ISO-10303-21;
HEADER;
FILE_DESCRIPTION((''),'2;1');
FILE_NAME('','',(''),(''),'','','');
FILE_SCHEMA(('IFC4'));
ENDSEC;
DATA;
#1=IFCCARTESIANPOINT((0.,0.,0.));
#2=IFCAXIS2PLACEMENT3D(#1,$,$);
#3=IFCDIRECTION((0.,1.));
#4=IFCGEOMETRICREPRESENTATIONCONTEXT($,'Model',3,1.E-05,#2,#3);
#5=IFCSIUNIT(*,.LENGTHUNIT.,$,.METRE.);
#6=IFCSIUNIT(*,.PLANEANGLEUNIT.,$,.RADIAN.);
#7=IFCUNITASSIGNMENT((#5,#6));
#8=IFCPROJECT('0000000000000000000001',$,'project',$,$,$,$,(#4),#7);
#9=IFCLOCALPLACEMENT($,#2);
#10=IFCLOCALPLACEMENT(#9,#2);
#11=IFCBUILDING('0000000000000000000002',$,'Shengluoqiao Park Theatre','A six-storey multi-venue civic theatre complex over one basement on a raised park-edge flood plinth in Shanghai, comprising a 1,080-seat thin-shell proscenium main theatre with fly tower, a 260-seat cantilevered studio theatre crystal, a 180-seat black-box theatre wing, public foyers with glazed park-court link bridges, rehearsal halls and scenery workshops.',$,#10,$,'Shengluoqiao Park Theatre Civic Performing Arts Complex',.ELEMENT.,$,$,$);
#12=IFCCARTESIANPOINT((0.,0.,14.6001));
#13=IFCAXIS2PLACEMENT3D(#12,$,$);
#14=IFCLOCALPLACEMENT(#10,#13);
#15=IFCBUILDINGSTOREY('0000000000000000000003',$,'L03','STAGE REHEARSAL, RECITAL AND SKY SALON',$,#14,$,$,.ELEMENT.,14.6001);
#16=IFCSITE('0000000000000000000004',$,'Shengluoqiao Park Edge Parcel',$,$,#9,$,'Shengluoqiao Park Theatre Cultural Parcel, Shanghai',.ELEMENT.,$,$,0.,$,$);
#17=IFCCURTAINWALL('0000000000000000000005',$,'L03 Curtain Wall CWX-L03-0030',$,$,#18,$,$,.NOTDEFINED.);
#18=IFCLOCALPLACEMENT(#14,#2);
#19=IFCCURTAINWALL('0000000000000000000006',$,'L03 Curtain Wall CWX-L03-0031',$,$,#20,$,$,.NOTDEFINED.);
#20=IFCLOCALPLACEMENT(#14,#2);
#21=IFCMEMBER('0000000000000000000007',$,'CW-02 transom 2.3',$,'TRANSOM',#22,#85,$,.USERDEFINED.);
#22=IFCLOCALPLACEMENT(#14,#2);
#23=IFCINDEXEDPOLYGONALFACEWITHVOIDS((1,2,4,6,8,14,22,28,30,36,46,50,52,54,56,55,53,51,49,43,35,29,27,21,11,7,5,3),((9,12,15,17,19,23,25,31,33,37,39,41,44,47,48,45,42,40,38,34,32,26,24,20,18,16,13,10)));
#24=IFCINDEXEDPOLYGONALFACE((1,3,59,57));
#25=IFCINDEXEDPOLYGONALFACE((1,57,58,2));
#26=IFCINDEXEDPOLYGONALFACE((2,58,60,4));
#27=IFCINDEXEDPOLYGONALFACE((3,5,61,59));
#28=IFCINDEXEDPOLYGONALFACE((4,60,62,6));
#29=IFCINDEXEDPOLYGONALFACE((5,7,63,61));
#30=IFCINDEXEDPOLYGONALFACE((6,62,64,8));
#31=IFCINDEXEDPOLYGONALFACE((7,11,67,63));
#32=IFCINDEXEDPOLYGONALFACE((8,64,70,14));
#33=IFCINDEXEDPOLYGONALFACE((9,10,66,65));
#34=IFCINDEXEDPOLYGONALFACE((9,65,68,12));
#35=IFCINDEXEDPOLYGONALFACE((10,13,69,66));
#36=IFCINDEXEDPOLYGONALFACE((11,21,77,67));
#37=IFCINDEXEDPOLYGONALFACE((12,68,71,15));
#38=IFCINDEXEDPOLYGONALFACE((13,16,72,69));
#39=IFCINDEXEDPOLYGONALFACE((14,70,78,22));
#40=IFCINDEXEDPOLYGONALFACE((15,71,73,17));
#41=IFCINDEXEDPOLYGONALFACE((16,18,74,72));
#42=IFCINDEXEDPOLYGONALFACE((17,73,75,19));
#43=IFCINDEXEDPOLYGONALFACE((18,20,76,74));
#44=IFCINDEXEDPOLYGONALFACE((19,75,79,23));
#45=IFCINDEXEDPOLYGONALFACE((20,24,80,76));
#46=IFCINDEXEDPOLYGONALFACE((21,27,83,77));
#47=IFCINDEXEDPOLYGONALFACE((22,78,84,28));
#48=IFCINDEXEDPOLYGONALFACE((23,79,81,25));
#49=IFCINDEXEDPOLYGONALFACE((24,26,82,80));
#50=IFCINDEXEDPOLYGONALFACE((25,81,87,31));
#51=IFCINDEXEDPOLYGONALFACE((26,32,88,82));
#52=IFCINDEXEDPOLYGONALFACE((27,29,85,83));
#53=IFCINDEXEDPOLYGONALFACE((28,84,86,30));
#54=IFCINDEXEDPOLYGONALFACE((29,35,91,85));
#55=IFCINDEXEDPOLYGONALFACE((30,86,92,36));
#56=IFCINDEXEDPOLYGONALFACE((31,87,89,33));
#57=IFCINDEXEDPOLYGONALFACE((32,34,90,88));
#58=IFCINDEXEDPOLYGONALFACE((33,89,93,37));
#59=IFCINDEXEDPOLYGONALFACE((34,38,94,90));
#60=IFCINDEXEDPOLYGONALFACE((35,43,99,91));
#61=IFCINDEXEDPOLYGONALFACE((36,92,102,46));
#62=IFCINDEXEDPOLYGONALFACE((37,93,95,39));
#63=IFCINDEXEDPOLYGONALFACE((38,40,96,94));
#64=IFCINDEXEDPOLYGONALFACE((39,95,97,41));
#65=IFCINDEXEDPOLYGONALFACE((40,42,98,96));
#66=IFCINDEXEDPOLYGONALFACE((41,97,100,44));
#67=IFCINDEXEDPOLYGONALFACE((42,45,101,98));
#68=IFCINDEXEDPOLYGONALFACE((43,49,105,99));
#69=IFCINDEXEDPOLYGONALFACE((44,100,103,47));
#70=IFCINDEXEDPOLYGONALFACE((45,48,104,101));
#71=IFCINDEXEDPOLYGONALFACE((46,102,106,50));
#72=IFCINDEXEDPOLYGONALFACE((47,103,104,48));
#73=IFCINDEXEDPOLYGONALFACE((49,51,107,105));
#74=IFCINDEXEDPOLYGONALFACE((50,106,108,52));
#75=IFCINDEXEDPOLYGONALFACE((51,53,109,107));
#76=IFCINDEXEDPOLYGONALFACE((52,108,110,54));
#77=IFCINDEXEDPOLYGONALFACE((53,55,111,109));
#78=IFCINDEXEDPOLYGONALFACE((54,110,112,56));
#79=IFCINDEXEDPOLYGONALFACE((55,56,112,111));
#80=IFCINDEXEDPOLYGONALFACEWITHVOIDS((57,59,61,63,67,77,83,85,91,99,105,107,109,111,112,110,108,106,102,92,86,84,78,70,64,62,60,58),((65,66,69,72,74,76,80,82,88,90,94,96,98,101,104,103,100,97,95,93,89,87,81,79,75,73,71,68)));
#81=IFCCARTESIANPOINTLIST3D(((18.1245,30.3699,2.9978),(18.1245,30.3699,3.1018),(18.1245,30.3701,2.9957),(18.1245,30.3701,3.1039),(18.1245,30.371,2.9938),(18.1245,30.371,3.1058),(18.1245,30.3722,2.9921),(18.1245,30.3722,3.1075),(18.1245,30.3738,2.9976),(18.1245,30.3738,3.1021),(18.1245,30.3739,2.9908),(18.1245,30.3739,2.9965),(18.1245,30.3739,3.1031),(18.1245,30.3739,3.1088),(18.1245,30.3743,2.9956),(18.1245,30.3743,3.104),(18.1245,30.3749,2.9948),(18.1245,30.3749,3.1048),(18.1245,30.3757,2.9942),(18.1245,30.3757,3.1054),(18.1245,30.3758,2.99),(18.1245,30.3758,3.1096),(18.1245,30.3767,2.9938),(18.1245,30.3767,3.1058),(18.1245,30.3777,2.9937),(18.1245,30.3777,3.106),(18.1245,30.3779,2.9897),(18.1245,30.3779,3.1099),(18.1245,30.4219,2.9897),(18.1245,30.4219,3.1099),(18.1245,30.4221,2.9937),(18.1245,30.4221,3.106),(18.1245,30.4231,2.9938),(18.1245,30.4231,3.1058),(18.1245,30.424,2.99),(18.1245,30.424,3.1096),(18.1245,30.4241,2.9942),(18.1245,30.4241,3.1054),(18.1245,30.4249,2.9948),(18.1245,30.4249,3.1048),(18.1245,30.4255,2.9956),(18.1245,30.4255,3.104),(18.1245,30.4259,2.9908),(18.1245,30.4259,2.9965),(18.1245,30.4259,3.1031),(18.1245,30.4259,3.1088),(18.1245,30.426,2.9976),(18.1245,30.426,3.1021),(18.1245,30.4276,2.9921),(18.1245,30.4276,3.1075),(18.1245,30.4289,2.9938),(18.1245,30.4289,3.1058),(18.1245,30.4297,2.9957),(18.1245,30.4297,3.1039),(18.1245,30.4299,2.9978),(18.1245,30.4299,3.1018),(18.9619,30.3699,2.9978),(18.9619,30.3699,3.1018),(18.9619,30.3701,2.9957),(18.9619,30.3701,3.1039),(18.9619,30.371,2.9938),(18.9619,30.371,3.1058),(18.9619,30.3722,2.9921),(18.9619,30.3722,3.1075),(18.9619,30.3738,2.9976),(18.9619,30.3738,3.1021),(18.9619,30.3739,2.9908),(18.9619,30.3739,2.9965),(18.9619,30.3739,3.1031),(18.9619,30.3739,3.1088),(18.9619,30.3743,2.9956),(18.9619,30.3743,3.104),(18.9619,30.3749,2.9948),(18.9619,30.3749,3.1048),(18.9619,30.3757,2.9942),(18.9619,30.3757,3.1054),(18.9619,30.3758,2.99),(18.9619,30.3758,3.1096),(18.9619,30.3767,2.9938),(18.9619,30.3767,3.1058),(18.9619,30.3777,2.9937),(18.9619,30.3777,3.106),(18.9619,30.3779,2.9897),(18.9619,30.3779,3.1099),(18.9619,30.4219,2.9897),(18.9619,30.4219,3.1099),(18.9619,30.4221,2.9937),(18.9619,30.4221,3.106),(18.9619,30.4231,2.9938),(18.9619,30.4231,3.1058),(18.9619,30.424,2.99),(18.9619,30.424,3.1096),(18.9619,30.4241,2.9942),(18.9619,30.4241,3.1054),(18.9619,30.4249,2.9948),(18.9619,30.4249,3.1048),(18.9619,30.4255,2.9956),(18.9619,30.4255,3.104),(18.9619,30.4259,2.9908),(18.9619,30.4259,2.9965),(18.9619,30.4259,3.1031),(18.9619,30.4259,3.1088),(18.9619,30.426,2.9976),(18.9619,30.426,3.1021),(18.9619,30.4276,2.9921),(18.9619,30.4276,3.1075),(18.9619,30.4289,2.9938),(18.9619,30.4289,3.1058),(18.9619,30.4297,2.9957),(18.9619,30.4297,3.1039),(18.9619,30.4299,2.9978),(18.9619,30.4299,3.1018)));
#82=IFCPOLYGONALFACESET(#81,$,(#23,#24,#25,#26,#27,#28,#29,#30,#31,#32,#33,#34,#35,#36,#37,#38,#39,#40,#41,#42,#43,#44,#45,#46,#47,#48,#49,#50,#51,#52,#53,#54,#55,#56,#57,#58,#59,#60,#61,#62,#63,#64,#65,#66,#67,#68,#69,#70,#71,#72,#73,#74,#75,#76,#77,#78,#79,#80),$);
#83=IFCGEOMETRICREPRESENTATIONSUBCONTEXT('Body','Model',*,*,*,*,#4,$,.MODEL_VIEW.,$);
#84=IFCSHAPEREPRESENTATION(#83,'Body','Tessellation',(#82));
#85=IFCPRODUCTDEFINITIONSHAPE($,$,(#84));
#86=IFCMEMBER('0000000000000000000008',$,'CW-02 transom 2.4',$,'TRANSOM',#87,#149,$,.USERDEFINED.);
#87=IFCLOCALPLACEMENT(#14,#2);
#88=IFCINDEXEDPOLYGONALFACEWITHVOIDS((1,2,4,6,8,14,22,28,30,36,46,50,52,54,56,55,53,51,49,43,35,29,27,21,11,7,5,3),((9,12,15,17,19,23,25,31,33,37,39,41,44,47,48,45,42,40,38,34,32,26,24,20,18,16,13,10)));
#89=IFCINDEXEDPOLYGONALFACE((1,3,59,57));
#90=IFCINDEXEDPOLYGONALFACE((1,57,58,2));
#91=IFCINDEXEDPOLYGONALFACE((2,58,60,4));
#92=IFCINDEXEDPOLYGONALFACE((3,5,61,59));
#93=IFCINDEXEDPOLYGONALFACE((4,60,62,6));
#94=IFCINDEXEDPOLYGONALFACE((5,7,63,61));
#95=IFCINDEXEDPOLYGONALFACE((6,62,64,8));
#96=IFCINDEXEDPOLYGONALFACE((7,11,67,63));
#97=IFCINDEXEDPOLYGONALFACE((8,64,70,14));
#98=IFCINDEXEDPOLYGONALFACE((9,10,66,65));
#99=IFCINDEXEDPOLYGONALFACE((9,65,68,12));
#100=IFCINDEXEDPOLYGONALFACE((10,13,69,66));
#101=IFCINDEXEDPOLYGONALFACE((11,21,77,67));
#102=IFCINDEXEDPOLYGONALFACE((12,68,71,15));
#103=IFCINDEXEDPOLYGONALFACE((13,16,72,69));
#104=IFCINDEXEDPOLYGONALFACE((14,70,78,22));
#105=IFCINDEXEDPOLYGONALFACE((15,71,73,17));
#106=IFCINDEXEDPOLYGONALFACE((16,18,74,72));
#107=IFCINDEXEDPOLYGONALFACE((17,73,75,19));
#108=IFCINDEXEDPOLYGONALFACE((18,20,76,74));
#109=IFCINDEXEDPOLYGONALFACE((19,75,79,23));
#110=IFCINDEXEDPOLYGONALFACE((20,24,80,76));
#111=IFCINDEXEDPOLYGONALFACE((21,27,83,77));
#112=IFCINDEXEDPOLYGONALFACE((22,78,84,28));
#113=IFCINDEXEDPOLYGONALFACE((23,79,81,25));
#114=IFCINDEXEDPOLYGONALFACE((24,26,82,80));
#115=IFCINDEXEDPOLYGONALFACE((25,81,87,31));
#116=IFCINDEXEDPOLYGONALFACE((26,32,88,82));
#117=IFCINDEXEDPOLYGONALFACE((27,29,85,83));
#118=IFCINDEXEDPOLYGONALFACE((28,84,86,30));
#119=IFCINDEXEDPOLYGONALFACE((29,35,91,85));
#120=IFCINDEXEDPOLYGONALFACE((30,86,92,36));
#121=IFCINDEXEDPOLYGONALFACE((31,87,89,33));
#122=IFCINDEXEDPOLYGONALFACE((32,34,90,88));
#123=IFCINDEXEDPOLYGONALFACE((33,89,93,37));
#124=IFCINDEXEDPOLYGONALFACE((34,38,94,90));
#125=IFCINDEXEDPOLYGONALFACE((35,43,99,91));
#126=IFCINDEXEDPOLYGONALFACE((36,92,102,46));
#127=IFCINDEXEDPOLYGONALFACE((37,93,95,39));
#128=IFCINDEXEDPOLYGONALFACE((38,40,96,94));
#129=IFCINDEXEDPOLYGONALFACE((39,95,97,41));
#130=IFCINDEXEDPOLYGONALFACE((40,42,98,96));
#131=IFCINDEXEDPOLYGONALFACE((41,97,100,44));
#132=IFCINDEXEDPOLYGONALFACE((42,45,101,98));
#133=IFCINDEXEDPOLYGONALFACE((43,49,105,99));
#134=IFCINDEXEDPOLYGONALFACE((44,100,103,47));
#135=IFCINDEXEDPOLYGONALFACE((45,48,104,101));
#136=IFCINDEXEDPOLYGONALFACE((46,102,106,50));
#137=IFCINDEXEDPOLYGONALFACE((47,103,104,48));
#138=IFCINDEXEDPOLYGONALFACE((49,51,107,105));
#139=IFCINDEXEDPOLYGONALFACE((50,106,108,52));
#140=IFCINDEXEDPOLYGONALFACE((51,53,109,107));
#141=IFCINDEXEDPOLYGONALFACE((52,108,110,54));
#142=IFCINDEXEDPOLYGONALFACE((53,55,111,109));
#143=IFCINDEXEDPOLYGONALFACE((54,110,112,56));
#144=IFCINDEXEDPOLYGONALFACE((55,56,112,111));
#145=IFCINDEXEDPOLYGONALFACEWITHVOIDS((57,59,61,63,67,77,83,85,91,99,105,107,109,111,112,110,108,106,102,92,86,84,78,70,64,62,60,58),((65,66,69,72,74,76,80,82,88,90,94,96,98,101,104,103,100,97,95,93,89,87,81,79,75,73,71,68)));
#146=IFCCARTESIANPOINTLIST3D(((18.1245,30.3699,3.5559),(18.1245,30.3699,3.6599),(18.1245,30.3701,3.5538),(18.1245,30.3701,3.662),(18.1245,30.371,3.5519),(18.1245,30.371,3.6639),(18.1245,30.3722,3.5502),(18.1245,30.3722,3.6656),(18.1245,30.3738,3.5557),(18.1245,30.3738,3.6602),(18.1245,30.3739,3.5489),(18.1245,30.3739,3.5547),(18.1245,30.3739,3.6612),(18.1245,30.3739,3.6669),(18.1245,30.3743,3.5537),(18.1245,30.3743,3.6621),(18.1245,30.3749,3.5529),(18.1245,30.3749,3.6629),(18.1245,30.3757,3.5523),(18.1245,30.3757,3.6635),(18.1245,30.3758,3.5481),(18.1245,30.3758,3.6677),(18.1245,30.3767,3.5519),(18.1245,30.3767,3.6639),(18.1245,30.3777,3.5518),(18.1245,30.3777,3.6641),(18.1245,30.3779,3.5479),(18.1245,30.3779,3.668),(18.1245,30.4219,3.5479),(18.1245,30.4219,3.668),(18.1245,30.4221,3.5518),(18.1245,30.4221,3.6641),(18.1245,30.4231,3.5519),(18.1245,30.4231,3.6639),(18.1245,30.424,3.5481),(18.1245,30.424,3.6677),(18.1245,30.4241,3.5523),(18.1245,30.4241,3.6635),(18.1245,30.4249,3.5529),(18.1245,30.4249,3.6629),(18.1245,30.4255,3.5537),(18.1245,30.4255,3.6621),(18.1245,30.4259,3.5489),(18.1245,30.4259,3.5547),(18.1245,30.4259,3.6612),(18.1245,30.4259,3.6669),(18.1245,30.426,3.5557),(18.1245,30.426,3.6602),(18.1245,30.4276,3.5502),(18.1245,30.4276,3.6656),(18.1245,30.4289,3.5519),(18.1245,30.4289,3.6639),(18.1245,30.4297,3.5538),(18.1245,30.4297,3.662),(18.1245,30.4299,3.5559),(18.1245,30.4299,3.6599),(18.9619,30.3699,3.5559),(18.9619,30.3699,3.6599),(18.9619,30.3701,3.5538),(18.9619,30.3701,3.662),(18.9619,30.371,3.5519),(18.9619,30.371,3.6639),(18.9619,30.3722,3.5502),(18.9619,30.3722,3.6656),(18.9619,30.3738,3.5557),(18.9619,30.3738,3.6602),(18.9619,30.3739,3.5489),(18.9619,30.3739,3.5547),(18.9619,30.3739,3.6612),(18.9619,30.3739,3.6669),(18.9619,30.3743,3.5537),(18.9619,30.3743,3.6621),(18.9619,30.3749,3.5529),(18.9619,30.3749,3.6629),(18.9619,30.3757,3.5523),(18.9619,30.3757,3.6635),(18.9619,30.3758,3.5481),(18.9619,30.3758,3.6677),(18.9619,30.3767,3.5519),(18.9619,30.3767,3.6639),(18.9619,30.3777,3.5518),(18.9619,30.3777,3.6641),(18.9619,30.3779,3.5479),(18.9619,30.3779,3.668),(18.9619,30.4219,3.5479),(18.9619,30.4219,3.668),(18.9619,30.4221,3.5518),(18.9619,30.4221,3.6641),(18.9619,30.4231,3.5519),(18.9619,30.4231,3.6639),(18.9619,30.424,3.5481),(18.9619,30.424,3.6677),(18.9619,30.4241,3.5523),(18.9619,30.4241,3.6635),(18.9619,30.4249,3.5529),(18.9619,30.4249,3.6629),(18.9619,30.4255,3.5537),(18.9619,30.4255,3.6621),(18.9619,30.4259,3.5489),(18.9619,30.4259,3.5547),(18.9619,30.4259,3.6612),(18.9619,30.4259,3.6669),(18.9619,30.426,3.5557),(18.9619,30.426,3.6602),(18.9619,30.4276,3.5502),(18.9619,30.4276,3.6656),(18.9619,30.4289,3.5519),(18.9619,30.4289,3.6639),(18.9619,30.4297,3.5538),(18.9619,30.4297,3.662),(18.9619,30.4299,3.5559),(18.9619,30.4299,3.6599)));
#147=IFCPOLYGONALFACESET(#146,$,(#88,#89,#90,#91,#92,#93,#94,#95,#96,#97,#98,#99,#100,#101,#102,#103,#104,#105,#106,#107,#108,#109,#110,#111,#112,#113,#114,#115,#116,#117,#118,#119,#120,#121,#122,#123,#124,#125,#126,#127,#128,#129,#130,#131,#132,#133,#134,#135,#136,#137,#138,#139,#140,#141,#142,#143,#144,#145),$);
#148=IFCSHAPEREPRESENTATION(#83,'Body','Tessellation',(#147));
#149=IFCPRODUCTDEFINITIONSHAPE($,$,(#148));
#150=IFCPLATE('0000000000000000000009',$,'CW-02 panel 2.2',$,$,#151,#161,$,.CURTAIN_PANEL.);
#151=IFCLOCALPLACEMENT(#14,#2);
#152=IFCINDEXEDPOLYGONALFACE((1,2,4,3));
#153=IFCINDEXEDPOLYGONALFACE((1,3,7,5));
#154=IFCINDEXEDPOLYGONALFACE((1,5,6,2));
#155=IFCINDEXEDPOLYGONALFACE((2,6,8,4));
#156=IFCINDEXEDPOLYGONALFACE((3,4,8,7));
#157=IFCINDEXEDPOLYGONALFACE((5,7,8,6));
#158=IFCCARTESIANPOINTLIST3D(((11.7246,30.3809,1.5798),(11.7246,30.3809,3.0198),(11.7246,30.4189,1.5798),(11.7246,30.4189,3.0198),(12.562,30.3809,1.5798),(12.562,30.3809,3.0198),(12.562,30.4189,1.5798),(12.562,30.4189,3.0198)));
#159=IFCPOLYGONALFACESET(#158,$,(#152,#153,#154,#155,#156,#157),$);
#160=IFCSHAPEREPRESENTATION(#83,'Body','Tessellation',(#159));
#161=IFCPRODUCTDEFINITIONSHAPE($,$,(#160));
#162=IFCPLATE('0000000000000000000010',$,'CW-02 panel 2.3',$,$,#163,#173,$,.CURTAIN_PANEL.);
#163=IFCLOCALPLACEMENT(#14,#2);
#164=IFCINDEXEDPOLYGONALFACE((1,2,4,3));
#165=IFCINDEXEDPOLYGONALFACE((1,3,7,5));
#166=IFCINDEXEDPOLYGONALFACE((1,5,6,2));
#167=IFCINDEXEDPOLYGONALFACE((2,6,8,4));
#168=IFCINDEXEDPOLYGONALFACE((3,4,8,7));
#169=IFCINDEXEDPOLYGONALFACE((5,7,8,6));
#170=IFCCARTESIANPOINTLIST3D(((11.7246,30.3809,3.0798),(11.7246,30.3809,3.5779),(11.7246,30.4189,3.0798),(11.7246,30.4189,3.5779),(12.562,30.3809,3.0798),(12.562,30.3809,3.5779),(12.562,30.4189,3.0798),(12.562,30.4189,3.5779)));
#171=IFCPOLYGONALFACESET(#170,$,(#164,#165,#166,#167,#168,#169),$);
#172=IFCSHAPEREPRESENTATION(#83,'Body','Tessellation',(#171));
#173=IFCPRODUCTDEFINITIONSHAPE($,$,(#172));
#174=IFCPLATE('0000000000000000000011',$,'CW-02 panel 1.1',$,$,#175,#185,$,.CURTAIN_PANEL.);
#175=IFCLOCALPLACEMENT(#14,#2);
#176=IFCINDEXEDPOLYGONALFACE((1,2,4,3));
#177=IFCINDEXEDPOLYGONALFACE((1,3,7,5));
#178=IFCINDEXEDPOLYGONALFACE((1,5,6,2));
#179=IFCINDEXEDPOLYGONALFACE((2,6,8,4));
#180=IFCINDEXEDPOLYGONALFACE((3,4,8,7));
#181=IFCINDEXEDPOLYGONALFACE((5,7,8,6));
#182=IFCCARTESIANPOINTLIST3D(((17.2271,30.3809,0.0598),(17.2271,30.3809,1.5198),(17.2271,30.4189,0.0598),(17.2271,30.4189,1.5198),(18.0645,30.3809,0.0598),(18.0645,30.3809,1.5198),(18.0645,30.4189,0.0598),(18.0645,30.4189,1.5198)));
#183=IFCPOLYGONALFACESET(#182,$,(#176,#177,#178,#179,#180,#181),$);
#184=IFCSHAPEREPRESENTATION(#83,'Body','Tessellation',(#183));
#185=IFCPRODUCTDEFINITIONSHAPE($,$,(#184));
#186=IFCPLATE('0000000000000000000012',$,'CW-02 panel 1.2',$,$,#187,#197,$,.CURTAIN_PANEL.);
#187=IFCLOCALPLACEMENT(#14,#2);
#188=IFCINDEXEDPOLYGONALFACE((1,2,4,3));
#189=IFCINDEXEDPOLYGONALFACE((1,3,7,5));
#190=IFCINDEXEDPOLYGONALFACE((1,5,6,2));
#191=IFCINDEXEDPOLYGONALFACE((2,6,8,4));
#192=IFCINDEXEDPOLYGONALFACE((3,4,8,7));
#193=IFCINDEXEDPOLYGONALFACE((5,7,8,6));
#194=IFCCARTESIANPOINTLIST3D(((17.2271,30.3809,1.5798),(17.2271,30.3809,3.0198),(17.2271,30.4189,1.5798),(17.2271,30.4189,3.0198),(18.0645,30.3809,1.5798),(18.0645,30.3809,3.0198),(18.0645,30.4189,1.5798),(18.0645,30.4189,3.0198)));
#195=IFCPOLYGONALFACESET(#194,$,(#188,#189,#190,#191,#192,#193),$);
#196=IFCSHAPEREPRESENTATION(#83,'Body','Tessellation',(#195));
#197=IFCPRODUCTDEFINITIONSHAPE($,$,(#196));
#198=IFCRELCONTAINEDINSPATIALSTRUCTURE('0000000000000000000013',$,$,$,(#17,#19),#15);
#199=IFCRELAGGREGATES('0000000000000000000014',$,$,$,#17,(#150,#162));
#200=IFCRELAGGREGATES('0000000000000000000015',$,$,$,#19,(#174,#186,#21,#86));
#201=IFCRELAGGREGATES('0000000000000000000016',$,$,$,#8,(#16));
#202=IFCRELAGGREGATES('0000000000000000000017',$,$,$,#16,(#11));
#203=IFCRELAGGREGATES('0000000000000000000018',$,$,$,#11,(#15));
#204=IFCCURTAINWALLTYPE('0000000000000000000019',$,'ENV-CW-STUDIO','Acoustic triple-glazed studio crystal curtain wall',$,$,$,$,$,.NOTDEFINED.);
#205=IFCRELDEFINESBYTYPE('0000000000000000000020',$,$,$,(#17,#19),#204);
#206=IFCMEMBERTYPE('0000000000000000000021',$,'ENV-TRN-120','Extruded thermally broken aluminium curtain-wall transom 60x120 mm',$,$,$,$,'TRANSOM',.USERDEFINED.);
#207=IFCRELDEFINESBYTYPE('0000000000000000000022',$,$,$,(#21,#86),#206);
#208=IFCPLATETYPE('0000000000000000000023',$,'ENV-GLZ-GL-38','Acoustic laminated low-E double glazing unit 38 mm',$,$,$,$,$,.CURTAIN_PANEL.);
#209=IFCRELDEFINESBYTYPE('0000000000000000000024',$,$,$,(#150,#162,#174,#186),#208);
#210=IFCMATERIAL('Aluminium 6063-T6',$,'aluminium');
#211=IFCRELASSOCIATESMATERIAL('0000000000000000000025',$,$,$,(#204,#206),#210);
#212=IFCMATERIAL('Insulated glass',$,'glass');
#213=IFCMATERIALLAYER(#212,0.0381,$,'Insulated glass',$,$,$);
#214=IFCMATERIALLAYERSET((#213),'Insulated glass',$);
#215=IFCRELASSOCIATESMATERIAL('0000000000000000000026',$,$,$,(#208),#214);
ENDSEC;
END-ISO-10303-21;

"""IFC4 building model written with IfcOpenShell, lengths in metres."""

from ifc_helpers import new_model, si_unit, direction, frame, origin, origin_2d, place, context, subcontext, project, spatial, rectangle, hollow_rectangle, extrude, material, layer, layer_set, material_profile, profile_set, type_object, element, aggregate, save


model = new_model("IFC4")

# Units and contexts
model_context = context("Model", 3, precision=1e-05, world=origin(), true_north=direction((0.0, 1.0)))
body_context = subcontext(model_context, "Body", "Model", "MODEL_VIEW")
ifc_project = project(units=[si_unit("LENGTHUNIT", "METRE"), si_unit("PLANEANGLEUNIT", "RADIAN")], contexts=[model_context])

# Site, building, storey
site_placement = place(None, origin())
site = spatial("IfcSite", under=ifc_project, at=site_placement, Name="Shengluoqiao Park Edge Parcel", LongName="Shengluoqiao Park Theatre Cultural Parcel, Shanghai", CompositionType="ELEMENT", RefElevation=0.0)
building_placement = place(site_placement, origin())
building = spatial("IfcBuilding", under=site, at=building_placement, Name="Shengluoqiao Park Theatre", Description="A six-storey multi-venue civic theatre complex over one basement on a raised park-edge flood plinth in Shanghai, comprising a 1,080-seat thin-shell proscenium main theatre with fly tower, a 260-seat cantilevered studio theatre crystal, a 180-seat black-box theatre wing, public foyers with glazed park-court link bridges, rehearsal halls and scenery workshops.", LongName="Shengluoqiao Park Theatre Civic Performing Arts Complex", CompositionType="ELEMENT")
storey_placement = place(building_placement, frame((0.0, 0.0, 14.6001)))
storey = spatial("IfcBuildingStorey", under=building, at=storey_placement, Name="L03", Description="STAGE REHEARSAL, RECITAL AND SKY SALON", CompositionType="ELEMENT", Elevation=14.6001)

# Curtain wall
ifc_material_1 = material(Name="Aluminium 6063-T6", Category="aluminium")
curtain_wall_type = type_object("IfcCurtainWallType", Name="ENV-CW-STUDIO", Description="Acoustic triple-glazed studio crystal curtain wall", PredefinedType="NOTDEFINED", material=ifc_material_1)
curtain_wall_1_placement = place(storey_placement, origin())
curtain_wall_1 = element("IfcCurtainWall", 1, at=curtain_wall_1_placement, inside=storey, type_object=curtain_wall_type, Name="L03 Curtain Wall CWX-L03-0030", PredefinedType="NOTDEFINED")

# Curtain wall, members
curtain_wall_2_placement = place(storey_placement, origin())
curtain_wall_2 = element("IfcCurtainWall", 2, at=curtain_wall_2_placement, inside=storey, type_object=curtain_wall_type, Name="L03 Curtain Wall CWX-L03-0031", PredefinedType="NOTDEFINED")
ifc_material_profile_1 = material_profile(ifc_material_1, hollow_rectangle(XDim=0.0601, YDim=0.1201, WallThickness=0.0039, InnerFilletRadius=0.0039, OuterFilletRadius=0.0081, at=origin_2d()), Name="ALU TRANSOM 120x60x4")
ifc_profile_set_1 = profile_set([ifc_material_profile_1], Name="Aluminium 6063-T6")
member_type_1 = type_object("IfcMemberType", Name="ENV-TRN-120", Description="Extruded thermally broken aluminium curtain-wall transom 60x120 mm", ElementType="TRANSOM", PredefinedType="USERDEFINED", material=ifc_profile_set_1)
member_1_placement = place(storey_placement, frame((18.1245, 30.3999, 3.0498), z_axis=(1.0, 0.0, 0.0), x_axis=(0.0, 1.0, 0.0)))
member_1 = element("IfcMember", 3, at=member_1_placement, type_object=member_type_1, Name="CW-02 transom 2.3", ObjectType="TRANSOM", PredefinedType="USERDEFINED", context=body_context, shape_type="SweptSolid", body=[
    extrude(hollow_rectangle(XDim=0.0601, YDim=0.1201, WallThickness=0.0039, InnerFilletRadius=0.0039, OuterFilletRadius=0.0081, at=origin_2d()), origin(), (0.0, 0.0, 1.0), 0.8374),
])
member_2_placement = place(storey_placement, frame((18.1245, 30.3999, 3.6079), z_axis=(1.0, 0.0, 0.0), x_axis=(0.0, 1.0, 0.0)))
member_2 = element("IfcMember", 4, at=member_2_placement, type_object=member_type_1, Name="CW-02 transom 2.4", ObjectType="TRANSOM", PredefinedType="USERDEFINED", context=body_context, shape_type="SweptSolid", body=[
    extrude(hollow_rectangle(XDim=0.0601, YDim=0.1201, WallThickness=0.0039, InnerFilletRadius=0.0039, OuterFilletRadius=0.0081, at=origin_2d()), origin(), (0.0, 0.0, 1.0), 0.8374),
])

# Plates
ifc_material_2 = material(Name="Insulated glass", Category="glass")
ifc_layer_1 = layer(ifc_material_2, 0.0381, Name="Insulated glass")
ifc_layer_set_1 = layer_set([ifc_layer_1], Name="Insulated glass")
plate_type = type_object("IfcPlateType", Name="ENV-GLZ-GL-38", Description="Acoustic laminated low-E double glazing unit 38 mm", PredefinedType="CURTAIN_PANEL", material=ifc_layer_set_1)
plate_1_placement = place(storey_placement, frame((12.1433, 30.3999, 1.5798), z_axis=(0.0, 0.0, 1.0), x_axis=(1.0, 0.0, 0.0)))
plate_1 = element("IfcPlate", 5, at=plate_1_placement, type_object=plate_type, Name="CW-02 panel 2.2", PredefinedType="CURTAIN_PANEL", context=body_context, shape_type="SweptSolid", body=[
    extrude(rectangle(XDim=0.8374, YDim=0.0381, at=origin_2d()), origin(), (0.0, 0.0, 1.0), 1.4399),
])
plate_2_placement = place(storey_placement, frame((12.1433, 30.3999, 3.0798), z_axis=(0.0, 0.0, 1.0), x_axis=(1.0, 0.0, 0.0)))
plate_2 = element("IfcPlate", 6, at=plate_2_placement, type_object=plate_type, Name="CW-02 panel 2.3", PredefinedType="CURTAIN_PANEL", context=body_context, shape_type="SweptSolid", body=[
    extrude(rectangle(XDim=0.8374, YDim=0.0381, at=origin_2d()), origin(), (0.0, 0.0, 1.0), 0.498),
])
aggregate(curtain_wall_1, [plate_1, plate_2])
plate_3_placement = place(storey_placement, frame((17.6458, 30.3999, 0.0598), z_axis=(0.0, 0.0, 1.0), x_axis=(1.0, 0.0, 0.0)))
plate_3 = element("IfcPlate", 7, at=plate_3_placement, type_object=plate_type, Name="CW-02 panel 1.1", PredefinedType="CURTAIN_PANEL", context=body_context, shape_type="SweptSolid", body=[
    extrude(rectangle(XDim=0.8374, YDim=0.0381, at=origin_2d()), origin(), (0.0, 0.0, 1.0), 1.46),
])
plate_4_placement = place(storey_placement, frame((17.6458, 30.3999, 1.5798), z_axis=(0.0, 0.0, 1.0), x_axis=(1.0, 0.0, 0.0)))
plate_4 = element("IfcPlate", 8, at=plate_4_placement, type_object=plate_type, Name="CW-02 panel 1.2", PredefinedType="CURTAIN_PANEL", context=body_context, shape_type="SweptSolid", body=[
    extrude(rectangle(XDim=0.8374, YDim=0.0381, at=origin_2d()), origin(), (0.0, 0.0, 1.0), 1.4399),
])
aggregate(curtain_wall_2, [plate_3, plate_4, member_1, member_2])

save(model, "model.ifc")
